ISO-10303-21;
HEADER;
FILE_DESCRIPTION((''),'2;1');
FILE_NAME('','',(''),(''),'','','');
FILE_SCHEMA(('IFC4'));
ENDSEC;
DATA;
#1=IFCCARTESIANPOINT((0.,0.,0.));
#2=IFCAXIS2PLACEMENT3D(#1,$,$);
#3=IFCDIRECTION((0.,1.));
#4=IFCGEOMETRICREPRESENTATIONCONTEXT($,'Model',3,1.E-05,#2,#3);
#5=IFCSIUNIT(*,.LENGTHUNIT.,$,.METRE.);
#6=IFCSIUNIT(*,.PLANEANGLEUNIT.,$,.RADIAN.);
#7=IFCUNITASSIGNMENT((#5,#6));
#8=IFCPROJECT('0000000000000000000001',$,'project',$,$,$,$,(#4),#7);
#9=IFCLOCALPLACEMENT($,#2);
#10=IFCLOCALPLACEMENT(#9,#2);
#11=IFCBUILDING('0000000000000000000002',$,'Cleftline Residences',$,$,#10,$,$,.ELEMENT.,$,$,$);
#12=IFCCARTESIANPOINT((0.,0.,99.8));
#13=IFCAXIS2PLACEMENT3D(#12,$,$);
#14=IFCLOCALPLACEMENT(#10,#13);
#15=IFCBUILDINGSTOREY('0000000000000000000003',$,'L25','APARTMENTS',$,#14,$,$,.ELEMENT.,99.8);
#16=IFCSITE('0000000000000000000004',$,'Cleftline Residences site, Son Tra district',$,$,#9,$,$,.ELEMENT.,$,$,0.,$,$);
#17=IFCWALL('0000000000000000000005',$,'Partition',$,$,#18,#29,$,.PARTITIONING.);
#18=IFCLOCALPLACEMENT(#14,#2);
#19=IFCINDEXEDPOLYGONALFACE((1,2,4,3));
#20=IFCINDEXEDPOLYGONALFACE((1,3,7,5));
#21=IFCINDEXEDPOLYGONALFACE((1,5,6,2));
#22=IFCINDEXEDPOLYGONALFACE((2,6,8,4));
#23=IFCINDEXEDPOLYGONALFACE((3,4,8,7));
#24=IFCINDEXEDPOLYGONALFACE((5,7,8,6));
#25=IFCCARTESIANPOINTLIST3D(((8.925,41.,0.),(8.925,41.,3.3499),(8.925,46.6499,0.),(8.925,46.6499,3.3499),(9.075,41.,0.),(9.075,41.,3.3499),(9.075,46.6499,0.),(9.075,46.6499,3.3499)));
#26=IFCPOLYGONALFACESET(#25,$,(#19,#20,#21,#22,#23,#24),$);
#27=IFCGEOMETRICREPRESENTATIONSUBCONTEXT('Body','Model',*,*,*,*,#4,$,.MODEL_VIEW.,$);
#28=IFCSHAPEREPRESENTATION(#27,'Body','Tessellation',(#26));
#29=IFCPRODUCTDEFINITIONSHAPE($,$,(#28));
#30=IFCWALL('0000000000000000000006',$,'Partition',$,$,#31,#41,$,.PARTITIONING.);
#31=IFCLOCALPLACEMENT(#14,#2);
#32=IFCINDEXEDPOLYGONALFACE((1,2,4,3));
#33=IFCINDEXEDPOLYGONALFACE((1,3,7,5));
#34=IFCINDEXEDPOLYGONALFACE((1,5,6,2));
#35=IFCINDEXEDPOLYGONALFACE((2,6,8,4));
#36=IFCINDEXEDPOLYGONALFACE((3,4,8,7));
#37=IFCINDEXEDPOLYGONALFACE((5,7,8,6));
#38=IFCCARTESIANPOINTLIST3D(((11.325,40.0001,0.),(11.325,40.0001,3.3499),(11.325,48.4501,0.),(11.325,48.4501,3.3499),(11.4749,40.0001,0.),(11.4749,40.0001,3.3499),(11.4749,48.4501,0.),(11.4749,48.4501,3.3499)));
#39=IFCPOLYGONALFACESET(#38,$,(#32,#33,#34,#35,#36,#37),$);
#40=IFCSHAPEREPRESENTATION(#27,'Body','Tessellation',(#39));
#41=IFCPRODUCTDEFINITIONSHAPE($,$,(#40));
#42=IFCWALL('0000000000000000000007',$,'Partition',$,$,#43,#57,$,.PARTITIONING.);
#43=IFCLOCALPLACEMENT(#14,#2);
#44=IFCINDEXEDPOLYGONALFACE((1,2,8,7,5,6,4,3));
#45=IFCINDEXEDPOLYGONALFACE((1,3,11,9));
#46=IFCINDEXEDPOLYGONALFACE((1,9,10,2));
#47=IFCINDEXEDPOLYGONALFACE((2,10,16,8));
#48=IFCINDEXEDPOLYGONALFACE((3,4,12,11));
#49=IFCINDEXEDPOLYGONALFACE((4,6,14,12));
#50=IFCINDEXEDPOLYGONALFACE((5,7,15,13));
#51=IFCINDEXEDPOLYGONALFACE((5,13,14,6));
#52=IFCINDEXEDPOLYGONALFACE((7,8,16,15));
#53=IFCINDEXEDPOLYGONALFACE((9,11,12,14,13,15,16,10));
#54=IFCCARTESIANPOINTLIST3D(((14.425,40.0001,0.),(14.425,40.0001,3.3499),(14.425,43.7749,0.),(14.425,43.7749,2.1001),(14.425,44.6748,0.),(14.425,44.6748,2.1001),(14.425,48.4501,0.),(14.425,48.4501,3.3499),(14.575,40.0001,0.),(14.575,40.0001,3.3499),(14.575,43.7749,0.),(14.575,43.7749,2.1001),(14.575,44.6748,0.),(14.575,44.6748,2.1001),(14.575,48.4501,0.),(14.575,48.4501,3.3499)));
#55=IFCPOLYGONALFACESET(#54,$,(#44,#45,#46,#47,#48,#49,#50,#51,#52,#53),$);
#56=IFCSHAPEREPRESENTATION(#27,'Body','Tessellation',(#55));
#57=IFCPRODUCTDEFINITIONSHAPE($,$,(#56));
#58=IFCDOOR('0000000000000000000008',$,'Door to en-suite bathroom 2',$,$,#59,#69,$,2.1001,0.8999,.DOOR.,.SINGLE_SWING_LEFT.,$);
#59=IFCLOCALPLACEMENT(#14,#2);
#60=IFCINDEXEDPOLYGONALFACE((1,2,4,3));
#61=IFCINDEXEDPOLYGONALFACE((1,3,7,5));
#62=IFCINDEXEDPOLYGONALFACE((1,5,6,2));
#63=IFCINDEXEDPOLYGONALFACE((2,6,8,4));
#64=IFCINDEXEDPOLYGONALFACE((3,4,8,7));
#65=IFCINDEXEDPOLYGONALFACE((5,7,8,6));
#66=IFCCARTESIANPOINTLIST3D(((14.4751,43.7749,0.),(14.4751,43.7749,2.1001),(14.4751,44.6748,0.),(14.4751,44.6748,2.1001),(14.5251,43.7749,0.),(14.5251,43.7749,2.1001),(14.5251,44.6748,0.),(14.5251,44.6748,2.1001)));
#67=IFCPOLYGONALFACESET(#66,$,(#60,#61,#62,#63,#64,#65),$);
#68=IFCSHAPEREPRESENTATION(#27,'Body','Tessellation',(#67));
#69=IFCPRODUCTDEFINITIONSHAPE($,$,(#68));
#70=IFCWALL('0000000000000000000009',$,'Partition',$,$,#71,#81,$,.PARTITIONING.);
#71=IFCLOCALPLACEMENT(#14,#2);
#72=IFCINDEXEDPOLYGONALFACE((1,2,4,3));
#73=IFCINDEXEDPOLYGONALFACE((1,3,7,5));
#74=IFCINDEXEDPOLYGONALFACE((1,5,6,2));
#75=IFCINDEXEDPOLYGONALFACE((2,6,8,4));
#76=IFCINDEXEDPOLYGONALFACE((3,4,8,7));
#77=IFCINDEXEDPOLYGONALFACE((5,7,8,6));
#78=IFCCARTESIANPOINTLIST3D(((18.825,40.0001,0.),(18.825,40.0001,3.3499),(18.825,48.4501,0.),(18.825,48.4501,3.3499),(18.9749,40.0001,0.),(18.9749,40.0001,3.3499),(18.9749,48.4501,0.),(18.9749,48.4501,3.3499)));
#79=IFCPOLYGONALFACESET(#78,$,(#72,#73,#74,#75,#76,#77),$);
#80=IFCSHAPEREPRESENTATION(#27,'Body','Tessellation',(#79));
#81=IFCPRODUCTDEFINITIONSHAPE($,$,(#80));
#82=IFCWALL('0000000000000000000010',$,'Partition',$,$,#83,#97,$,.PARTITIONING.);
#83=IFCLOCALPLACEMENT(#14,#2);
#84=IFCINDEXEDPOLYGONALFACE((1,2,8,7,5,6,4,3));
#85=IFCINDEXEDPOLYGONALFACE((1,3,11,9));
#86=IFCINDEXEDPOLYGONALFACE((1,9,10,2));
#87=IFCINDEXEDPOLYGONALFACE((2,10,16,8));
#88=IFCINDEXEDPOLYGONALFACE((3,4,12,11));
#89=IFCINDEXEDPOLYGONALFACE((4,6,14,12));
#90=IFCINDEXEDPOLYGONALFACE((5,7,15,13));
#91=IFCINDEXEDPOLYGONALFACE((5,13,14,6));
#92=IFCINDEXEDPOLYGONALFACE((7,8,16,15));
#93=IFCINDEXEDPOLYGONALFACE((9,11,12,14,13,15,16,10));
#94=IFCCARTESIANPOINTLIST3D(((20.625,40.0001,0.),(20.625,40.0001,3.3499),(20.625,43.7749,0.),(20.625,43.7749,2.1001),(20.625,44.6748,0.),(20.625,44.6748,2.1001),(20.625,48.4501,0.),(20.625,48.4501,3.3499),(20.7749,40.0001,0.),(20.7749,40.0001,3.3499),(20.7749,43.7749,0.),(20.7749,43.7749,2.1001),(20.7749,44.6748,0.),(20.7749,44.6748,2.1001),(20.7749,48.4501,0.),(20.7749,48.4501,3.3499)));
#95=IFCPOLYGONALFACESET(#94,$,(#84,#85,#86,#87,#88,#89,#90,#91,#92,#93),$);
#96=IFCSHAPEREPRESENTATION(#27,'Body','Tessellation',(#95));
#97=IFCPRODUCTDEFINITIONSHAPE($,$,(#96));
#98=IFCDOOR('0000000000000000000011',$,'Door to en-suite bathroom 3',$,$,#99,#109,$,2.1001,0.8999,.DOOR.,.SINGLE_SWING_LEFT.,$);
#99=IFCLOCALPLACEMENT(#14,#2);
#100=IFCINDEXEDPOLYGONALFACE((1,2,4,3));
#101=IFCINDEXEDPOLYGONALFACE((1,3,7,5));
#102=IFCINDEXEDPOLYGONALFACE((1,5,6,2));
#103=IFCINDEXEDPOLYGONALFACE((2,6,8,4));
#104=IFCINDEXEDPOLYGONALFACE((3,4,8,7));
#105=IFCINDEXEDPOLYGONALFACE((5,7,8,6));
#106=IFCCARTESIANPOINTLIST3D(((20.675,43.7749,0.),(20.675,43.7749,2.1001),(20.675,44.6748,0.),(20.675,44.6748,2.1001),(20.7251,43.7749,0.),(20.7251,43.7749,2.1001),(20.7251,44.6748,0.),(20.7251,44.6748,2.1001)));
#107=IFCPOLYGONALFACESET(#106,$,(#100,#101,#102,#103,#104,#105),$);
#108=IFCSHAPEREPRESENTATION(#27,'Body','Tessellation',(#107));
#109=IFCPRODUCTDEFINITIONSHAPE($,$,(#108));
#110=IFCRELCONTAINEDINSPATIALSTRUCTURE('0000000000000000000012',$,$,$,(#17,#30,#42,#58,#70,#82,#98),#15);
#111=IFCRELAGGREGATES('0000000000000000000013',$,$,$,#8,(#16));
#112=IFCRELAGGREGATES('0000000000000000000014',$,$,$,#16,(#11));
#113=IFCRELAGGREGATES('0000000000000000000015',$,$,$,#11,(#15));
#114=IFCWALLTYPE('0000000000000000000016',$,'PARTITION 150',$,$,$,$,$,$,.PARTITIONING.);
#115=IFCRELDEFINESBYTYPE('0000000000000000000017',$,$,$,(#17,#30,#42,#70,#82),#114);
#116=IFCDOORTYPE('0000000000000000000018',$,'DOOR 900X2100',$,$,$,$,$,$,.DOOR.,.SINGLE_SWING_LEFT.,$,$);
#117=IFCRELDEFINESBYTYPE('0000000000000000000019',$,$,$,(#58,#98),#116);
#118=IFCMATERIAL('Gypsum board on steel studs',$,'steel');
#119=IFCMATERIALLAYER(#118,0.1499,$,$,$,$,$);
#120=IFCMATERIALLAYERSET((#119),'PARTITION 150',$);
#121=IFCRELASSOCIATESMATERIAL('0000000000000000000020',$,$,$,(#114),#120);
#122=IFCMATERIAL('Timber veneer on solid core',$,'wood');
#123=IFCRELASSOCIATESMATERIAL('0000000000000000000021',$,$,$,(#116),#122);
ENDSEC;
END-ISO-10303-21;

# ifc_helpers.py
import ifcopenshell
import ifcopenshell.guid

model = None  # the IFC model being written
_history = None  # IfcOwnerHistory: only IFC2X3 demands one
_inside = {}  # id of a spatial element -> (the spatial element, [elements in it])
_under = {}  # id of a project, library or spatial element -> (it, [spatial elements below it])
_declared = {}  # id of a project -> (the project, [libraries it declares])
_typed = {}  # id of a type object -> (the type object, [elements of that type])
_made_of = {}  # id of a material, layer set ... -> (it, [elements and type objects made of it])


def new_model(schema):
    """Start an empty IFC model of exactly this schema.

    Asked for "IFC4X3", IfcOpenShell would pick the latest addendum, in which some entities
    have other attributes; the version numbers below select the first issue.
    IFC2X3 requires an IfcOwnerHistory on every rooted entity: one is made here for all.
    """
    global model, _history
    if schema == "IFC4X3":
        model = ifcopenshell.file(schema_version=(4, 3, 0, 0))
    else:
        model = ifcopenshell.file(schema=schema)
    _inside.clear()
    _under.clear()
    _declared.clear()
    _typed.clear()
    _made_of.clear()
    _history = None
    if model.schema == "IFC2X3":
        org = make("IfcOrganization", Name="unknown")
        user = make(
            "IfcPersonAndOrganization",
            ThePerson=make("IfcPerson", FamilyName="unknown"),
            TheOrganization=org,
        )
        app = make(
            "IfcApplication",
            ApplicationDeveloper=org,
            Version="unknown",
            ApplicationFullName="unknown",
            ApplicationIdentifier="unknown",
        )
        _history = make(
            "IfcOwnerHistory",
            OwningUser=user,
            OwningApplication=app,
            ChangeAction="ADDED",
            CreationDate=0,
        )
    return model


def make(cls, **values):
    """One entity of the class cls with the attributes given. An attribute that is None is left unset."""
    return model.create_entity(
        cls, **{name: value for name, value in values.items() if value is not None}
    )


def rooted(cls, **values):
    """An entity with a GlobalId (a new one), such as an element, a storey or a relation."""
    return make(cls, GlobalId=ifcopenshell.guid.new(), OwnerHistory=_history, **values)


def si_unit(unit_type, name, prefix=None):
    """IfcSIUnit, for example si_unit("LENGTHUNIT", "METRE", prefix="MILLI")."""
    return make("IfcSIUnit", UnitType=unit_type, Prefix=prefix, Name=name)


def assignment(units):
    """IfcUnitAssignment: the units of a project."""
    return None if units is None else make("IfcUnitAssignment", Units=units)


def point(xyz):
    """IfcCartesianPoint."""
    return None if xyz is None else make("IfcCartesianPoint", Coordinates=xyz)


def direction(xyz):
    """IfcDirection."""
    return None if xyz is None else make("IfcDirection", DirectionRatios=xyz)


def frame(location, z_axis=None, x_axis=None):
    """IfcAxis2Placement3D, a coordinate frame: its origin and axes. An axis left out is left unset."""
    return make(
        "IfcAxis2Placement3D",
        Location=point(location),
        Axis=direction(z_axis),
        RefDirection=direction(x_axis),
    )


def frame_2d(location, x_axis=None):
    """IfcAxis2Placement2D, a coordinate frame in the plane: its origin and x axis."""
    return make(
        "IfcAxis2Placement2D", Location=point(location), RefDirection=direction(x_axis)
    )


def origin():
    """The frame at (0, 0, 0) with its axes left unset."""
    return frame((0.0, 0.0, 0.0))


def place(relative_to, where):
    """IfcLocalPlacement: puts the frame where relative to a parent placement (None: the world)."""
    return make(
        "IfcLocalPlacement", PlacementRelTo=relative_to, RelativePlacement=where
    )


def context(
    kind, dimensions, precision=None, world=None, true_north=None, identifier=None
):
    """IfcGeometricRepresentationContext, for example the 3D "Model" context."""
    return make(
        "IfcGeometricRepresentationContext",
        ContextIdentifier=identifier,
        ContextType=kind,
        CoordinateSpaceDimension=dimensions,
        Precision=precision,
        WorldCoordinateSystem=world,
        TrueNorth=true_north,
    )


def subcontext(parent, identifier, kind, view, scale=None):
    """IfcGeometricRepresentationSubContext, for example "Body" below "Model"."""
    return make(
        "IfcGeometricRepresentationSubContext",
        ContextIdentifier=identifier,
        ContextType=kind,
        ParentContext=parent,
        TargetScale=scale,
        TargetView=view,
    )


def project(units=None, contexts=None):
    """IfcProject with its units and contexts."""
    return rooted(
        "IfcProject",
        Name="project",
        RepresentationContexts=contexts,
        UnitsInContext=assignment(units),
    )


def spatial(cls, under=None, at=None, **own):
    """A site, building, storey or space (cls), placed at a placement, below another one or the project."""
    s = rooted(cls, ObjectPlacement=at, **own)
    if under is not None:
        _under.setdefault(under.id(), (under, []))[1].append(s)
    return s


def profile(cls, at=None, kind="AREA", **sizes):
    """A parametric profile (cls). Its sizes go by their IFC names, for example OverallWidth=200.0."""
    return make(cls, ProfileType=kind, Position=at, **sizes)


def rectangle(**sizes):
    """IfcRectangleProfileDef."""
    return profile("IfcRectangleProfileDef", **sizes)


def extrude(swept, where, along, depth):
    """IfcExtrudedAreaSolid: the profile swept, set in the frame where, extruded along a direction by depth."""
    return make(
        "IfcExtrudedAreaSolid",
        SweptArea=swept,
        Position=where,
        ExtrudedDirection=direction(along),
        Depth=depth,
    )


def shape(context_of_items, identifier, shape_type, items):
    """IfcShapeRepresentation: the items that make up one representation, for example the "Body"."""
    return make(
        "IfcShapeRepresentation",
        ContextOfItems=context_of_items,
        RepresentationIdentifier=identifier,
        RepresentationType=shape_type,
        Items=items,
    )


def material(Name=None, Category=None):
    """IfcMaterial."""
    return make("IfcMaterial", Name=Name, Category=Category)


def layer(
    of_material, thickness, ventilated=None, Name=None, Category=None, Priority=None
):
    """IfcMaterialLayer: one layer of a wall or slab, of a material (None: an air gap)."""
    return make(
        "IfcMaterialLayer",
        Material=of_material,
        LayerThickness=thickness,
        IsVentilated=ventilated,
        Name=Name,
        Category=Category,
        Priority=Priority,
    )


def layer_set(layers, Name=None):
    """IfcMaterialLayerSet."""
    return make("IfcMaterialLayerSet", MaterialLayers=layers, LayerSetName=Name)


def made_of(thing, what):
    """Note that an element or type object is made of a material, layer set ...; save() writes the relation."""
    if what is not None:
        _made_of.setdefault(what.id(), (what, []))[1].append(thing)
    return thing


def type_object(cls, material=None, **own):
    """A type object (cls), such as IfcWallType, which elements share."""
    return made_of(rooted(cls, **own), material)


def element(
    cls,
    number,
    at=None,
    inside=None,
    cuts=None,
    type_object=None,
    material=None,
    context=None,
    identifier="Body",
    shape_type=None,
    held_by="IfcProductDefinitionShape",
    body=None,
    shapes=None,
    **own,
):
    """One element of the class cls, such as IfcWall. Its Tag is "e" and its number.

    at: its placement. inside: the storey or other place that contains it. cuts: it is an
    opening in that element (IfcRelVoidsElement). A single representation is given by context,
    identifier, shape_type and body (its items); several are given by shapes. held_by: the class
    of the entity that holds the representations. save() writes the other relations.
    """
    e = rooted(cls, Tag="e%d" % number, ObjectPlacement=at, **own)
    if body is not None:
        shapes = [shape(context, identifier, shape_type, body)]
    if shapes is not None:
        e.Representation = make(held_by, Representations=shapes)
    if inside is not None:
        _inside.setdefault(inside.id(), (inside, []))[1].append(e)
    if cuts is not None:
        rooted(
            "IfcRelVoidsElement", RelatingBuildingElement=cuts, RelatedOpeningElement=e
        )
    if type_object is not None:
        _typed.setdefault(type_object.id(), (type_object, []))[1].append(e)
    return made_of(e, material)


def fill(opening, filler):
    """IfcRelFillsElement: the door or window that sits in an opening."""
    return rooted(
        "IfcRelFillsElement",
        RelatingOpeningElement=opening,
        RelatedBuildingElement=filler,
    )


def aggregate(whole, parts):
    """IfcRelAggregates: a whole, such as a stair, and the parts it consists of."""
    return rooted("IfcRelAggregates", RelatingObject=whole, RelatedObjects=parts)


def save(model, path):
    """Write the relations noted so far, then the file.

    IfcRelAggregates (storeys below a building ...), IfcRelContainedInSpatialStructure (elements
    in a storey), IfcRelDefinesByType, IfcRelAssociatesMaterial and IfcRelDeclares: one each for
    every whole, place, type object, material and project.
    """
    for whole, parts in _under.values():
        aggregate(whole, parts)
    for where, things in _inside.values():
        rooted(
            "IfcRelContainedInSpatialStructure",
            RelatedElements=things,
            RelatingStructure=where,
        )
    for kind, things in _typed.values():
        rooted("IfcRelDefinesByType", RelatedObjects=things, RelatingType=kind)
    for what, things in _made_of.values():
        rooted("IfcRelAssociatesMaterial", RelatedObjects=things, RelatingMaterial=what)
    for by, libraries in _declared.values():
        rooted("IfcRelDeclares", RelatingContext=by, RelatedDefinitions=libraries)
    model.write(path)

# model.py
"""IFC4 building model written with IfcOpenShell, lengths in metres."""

from ifc_helpers import new_model, si_unit, direction, frame, frame_2d, origin, place, context, subcontext, project, spatial, rectangle, extrude, material, layer, layer_set, type_object, element, fill, save


model = new_model("IFC4")

# Units and contexts
model_context = context("Model", 3, precision=1e-05, world=origin(), true_north=direction((0.0, 1.0)))
body_context = subcontext(model_context, "Body", "Model", "MODEL_VIEW")
ifc_project = project(units=[si_unit("LENGTHUNIT", "METRE"), si_unit("PLANEANGLEUNIT", "RADIAN")], contexts=[model_context])

# Site, building, storey
site_placement = place(None, origin())
site = spatial("IfcSite", under=ifc_project, at=site_placement, Name="Cleftline Residences site, Son Tra district", CompositionType="ELEMENT", RefElevation=0.0)
building_placement = place(site_placement, origin())
building = spatial("IfcBuilding", under=site, at=building_placement, Name="Cleftline Residences", CompositionType="ELEMENT")
storey_placement = place(building_placement, frame((0.0, 0.0, 99.8)))
storey = spatial("IfcBuildingStorey", under=building, at=storey_placement, Name="L25", Description="APARTMENTS", CompositionType="ELEMENT", Elevation=99.8)

# Shared definitions
ifc_material_1 = material(Name="Gypsum board on steel studs", Category="steel")
ifc_layer = layer(ifc_material_1, 0.1499)
ifc_layer_set = layer_set([ifc_layer], Name="PARTITION 150")
wall_type = type_object("IfcWallType", Name="PARTITION 150", PredefinedType="PARTITIONING", material=ifc_layer_set)
ifc_material_2 = material(Name="Timber veneer on solid core", Category="wood")
door_type_1 = type_object("IfcDoorType", Name="DOOR 900X2100", OperationType="SINGLE_SWING_LEFT", PredefinedType="DOOR", material=ifc_material_2)

# Walls
wall_1_placement = place(storey_placement, frame((9.0, 41.0, 0.0), z_axis=(0.0, 0.0, 1.0), x_axis=(0.0, 1.0, 0.0)))
element("IfcWall", 1, at=wall_1_placement, inside=storey, type_object=wall_type, Name="Partition", PredefinedType="PARTITIONING", context=body_context, shape_type="SweptSolid", body=[
    extrude(rectangle(XDim=5.6499, YDim=0.1499, at=frame_2d((2.825, 0.0))), origin(), (0.0, 0.0, 1.0), 3.3499),
])
wall_2_placement = place(storey_placement, frame((11.3999, 40.0, 0.0), z_axis=(0.0, 0.0, 1.0), x_axis=(0.0, 1.0, 0.0)))
element("IfcWall", 2, at=wall_2_placement, inside=storey, type_object=wall_type, Name="Partition", PredefinedType="PARTITIONING", context=body_context, shape_type="SweptSolid", body=[
    extrude(rectangle(XDim=8.45, YDim=0.1499, at=frame_2d((4.2251, 0.0))), origin(), (0.0, 0.0, 1.0), 3.3499),
])

# Wall, opening, door
wall_3_placement = place(storey_placement, frame((14.5, 40.0, 0.0), z_axis=(0.0, 0.0, 1.0), x_axis=(0.0, 1.0, 0.0)))
wall_3 = element("IfcWall", 3, at=wall_3_placement, inside=storey, type_object=wall_type, Name="Partition", PredefinedType="PARTITIONING", context=body_context, shape_type="SweptSolid", body=[
    extrude(rectangle(XDim=8.45, YDim=0.1499, at=frame_2d((4.2251, 0.0))), origin(), (0.0, 0.0, 1.0), 3.3499),
])
opening_1_placement = place(wall_3_placement, frame((3.7749, 0.0, 0.0)))
opening_1 = element("IfcOpeningElement", 4, at=opening_1_placement, cuts=wall_3, PredefinedType="OPENING", context=body_context, shape_type="SweptSolid", body=[
    extrude(rectangle(XDim=0.8999, YDim=2.1001, at=frame_2d((0.45, 1.05))), frame((0.0, 0.085, 0.0), z_axis=(0.0, -1.0, 0.0), x_axis=(1.0, 0.0, 0.0)), (0.0, 0.0, 1.0), 0.1699),
])
door_1_placement = place(opening_1_placement, origin())
door_1 = element("IfcDoor", 5, at=door_1_placement, inside=storey, type_object=door_type_1, Name="Door to en-suite bathroom 2", OperationType="SINGLE_SWING_LEFT", OverallHeight=2.1001, OverallWidth=0.8999, PredefinedType="DOOR", context=body_context, shape_type="SweptSolid", body=[
    extrude(rectangle(XDim=0.8999, YDim=2.1001, at=frame_2d((0.45, 1.05))), frame((0.0, 0.0249, 0.0), z_axis=(0.0, -1.0, 0.0), x_axis=(1.0, 0.0, 0.0)), (0.0, 0.0, 1.0), 0.05),
])
fill(opening_1, door_1)

# Wall
wall_4_placement = place(storey_placement, frame((18.8999, 40.0, 0.0), z_axis=(0.0, 0.0, 1.0), x_axis=(0.0, 1.0, 0.0)))
element("IfcWall", 6, at=wall_4_placement, inside=storey, type_object=wall_type, Name="Partition", PredefinedType="PARTITIONING", context=body_context, shape_type="SweptSolid", body=[
    extrude(rectangle(XDim=8.45, YDim=0.1499, at=frame_2d((4.2251, 0.0))), origin(), (0.0, 0.0, 1.0), 3.3499),
])

# Wall, opening, door
wall_5_placement = place(storey_placement, frame((20.7, 40.0, 0.0), z_axis=(0.0, 0.0, 1.0), x_axis=(0.0, 1.0, 0.0)))
wall_5 = element("IfcWall", 7, at=wall_5_placement, inside=storey, type_object=wall_type, Name="Partition", PredefinedType="PARTITIONING", context=body_context, shape_type="SweptSolid", body=[
    extrude(rectangle(XDim=8.45, YDim=0.1499, at=frame_2d((4.2251, 0.0))), origin(), (0.0, 0.0, 1.0), 3.3499),
])
opening_2_placement = place(wall_5_placement, frame((3.7749, 0.0, 0.0)))
opening_2 = element("IfcOpeningElement", 8, at=opening_2_placement, cuts=wall_5, PredefinedType="OPENING", context=body_context, shape_type="SweptSolid", body=[
    extrude(rectangle(XDim=0.8999, YDim=2.1001, at=frame_2d((0.45, 1.05))), frame((0.0, 0.085, 0.0), z_axis=(0.0, -1.0, 0.0), x_axis=(1.0, 0.0, 0.0)), (0.0, 0.0, 1.0), 0.1699),
])
door_2_placement = place(opening_2_placement, origin())
door_2 = element("IfcDoor", 9, at=door_2_placement, inside=storey, type_object=door_type_1, Name="Door to en-suite bathroom 3", OperationType="SINGLE_SWING_LEFT", OverallHeight=2.1001, OverallWidth=0.8999, PredefinedType="DOOR", context=body_context, shape_type="SweptSolid", body=[
    extrude(rectangle(XDim=0.8999, YDim=2.1001, at=frame_2d((0.45, 1.05))), frame((0.0, 0.0249, 0.0), z_axis=(0.0, -1.0, 0.0), x_axis=(1.0, 0.0, 0.0)), (0.0, 0.0, 1.0), 0.05),
])
fill(opening_2, door_2)

save(model, "model.ifc")
